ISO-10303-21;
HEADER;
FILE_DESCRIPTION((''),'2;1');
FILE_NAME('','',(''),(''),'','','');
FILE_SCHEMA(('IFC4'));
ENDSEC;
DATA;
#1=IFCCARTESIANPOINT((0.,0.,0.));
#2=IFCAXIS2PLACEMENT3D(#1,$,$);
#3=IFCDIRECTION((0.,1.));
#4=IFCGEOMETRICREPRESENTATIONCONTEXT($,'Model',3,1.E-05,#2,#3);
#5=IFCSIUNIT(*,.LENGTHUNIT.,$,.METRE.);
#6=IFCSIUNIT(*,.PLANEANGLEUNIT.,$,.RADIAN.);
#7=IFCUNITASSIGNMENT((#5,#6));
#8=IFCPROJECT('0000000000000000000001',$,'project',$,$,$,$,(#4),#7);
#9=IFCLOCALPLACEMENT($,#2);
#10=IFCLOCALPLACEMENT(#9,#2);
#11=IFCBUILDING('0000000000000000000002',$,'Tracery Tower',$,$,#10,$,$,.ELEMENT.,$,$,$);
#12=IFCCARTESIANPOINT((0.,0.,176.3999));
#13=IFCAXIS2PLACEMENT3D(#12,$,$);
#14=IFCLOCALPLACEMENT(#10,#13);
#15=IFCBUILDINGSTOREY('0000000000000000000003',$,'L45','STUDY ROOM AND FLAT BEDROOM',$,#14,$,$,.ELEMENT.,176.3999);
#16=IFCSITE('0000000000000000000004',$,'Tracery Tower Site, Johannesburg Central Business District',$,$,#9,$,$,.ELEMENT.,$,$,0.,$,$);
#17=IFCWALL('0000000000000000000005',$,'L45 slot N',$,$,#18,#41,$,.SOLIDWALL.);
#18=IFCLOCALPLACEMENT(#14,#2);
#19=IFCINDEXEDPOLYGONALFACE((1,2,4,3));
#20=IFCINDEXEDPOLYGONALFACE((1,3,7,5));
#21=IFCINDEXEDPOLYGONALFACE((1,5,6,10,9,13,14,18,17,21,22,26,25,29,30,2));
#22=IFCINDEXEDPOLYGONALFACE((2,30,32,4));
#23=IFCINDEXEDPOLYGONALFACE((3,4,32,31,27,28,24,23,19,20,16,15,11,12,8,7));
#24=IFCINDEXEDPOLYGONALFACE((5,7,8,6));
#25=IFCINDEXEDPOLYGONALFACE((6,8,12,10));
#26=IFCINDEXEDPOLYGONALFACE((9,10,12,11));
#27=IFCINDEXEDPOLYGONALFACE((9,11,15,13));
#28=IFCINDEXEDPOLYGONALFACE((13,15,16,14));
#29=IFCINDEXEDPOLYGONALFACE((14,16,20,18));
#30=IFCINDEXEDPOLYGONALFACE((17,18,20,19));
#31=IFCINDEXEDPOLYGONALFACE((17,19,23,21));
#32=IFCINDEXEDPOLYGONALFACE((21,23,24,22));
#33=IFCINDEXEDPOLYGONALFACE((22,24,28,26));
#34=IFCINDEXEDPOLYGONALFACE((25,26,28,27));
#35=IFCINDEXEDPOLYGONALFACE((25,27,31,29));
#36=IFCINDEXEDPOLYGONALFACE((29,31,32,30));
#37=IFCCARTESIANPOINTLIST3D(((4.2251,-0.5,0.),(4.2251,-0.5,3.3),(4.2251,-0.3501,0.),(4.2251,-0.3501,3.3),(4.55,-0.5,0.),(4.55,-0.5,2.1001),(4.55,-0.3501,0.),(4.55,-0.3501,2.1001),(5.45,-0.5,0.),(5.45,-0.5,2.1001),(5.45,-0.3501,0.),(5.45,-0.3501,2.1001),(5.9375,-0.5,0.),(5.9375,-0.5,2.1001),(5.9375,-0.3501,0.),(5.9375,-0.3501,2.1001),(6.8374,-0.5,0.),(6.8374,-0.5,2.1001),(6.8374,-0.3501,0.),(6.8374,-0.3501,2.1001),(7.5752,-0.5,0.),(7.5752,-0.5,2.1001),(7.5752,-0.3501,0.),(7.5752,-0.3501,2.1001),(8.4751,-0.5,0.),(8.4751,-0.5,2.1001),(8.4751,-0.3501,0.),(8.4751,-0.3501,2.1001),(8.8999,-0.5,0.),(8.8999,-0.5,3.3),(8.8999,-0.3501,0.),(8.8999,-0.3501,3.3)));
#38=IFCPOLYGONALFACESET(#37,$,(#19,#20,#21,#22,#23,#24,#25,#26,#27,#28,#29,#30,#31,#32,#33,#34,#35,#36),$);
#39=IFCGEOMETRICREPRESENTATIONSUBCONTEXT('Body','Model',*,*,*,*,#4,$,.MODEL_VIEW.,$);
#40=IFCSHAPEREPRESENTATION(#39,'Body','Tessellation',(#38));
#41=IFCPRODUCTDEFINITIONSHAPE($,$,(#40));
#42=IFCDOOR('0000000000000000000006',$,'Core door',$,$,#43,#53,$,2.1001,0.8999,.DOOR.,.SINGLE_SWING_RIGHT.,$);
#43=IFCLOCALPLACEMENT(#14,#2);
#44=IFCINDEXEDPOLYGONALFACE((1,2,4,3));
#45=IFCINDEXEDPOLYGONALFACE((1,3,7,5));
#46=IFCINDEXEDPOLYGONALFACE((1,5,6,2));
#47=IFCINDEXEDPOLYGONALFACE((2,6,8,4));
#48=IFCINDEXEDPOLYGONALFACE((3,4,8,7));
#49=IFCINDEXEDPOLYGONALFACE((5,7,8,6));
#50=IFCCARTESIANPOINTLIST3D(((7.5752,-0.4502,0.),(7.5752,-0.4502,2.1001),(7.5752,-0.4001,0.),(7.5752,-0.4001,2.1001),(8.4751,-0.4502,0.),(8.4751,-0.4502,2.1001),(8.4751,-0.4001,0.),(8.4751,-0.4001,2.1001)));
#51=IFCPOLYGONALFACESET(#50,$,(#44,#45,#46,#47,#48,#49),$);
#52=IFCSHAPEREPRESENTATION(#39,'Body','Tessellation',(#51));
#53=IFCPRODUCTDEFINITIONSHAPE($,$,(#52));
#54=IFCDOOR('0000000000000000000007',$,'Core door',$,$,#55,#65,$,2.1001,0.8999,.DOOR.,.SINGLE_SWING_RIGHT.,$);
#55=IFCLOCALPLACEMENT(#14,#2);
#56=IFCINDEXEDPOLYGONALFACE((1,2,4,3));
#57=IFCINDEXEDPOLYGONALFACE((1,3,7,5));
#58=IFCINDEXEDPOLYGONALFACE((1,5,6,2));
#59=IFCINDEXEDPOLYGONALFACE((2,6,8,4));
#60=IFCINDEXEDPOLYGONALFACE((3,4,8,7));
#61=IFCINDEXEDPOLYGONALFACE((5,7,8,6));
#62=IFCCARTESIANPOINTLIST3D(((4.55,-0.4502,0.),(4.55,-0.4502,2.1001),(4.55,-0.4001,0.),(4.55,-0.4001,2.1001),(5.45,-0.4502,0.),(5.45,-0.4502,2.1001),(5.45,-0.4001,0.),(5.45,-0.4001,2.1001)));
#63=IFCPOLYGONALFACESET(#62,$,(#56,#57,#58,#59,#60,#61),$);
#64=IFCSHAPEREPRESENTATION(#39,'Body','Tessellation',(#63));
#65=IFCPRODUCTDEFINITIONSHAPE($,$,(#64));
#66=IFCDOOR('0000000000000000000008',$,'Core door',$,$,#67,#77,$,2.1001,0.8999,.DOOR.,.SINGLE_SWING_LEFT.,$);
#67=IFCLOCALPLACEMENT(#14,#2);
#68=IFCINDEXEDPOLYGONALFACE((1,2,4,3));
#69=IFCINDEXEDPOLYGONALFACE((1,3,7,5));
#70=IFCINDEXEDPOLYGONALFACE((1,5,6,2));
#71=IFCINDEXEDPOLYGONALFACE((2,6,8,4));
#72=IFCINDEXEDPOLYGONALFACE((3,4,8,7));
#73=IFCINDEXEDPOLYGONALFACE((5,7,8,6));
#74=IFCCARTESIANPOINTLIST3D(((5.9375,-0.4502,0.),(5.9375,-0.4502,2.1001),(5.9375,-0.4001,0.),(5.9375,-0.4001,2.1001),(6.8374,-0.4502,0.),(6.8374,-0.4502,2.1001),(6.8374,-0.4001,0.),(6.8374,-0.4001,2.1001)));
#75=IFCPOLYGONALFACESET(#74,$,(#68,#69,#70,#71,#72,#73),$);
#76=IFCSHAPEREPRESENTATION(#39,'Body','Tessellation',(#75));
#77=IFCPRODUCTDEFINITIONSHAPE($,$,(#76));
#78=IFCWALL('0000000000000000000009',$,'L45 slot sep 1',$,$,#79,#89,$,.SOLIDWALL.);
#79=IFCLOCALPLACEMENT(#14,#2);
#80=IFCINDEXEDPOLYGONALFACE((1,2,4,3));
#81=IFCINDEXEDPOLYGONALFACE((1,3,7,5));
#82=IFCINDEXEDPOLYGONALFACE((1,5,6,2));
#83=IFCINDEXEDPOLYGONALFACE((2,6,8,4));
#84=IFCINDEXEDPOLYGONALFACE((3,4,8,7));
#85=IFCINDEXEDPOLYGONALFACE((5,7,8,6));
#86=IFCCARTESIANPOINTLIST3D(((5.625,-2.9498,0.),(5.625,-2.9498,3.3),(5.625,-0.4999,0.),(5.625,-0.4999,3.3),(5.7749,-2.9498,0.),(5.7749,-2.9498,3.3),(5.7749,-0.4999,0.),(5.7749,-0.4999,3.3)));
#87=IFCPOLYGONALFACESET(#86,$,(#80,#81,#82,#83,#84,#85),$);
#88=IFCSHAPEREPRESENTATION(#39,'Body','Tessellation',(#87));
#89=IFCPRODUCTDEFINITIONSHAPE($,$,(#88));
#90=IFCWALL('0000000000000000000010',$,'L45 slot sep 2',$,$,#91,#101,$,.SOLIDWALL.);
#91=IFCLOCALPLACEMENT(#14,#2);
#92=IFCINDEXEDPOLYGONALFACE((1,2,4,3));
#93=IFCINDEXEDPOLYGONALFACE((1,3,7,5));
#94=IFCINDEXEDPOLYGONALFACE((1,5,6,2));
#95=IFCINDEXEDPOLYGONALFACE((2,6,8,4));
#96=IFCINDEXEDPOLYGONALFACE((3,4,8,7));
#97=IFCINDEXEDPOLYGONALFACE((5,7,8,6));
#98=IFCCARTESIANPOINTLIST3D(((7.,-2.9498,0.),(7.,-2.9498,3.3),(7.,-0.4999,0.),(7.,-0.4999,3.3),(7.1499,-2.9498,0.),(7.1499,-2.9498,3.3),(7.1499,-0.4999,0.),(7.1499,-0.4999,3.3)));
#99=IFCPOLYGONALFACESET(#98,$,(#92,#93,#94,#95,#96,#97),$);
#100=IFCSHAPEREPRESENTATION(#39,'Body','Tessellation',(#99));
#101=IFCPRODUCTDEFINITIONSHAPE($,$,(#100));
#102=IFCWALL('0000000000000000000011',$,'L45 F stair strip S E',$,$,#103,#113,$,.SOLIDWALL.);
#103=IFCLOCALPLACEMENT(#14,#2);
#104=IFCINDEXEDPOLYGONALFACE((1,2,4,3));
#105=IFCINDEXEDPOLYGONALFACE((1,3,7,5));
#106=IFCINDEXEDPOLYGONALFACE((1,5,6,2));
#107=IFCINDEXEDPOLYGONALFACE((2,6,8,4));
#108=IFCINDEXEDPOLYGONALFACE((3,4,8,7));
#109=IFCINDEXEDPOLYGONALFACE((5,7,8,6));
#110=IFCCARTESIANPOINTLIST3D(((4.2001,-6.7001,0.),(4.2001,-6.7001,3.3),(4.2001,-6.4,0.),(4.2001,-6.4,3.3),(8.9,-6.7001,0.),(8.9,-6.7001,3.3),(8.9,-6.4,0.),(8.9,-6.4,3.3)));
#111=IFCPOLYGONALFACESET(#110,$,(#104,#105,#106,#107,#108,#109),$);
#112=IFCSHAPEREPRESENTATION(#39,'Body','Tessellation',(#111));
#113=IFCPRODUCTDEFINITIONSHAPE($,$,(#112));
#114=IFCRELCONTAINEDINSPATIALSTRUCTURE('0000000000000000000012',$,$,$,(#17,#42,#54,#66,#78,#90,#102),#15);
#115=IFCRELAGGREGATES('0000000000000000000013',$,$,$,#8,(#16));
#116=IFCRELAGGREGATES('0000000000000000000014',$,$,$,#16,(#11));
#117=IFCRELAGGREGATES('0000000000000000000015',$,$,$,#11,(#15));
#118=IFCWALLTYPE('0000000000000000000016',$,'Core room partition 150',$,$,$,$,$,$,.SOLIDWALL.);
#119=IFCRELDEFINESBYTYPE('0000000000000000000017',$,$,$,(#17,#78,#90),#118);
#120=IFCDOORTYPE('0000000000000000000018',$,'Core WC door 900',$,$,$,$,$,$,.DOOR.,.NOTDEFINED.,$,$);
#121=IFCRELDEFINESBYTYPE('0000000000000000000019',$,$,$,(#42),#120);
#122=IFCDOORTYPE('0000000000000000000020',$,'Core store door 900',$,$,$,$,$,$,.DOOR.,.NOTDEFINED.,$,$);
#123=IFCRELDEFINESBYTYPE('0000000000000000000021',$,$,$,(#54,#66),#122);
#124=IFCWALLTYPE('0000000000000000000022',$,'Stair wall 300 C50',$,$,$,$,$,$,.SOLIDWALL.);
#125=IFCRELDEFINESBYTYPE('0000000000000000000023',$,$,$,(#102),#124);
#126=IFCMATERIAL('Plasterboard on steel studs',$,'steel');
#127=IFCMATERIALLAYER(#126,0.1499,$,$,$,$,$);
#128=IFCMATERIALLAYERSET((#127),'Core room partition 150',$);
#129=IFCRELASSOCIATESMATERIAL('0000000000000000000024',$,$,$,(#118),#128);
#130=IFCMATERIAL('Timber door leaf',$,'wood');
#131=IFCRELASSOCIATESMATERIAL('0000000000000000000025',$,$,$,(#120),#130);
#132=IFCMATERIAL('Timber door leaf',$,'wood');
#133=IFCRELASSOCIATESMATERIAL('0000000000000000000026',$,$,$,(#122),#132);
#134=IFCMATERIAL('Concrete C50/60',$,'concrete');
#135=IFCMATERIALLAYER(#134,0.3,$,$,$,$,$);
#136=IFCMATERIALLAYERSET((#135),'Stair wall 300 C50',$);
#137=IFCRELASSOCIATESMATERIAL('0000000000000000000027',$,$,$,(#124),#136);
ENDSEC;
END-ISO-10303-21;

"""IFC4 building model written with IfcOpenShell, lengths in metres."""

from ifc_helpers import new_model, si_unit, direction, frame, frame_2d, origin, place, context, subcontext, project, spatial, rectangle, extrude, material, layer, layer_set, type_object, element, fill, save


model = new_model("IFC4")

# Units and contexts
model_context = context("Model", 3, precision=1e-05, world=origin(), true_north=direction((0.0, 1.0)))
body_context = subcontext(model_context, "Body", "Model", "MODEL_VIEW")
ifc_project = project(units=[si_unit("LENGTHUNIT", "METRE"), si_unit("PLANEANGLEUNIT", "RADIAN")], contexts=[model_context])

# Site, building, storey
site_placement = place(None, origin())
site = spatial("IfcSite", under=ifc_project, at=site_placement, Name="Tracery Tower Site, Johannesburg Central Business District", CompositionType="ELEMENT", RefElevation=0.0)
building_placement = place(site_placement, origin())
building = spatial("IfcBuilding", under=site, at=building_placement, Name="Tracery Tower", CompositionType="ELEMENT")
storey_placement = place(building_placement, frame((0.0, 0.0, 176.3999)))
storey = spatial("IfcBuildingStorey", under=building, at=storey_placement, Name="L45", Description="STUDY ROOM AND FLAT BEDROOM", CompositionType="ELEMENT", Elevation=176.3999)

# Shared definitions
ifc_material_1 = material(Name="Plasterboard on steel studs", Category="steel")
ifc_layer_1 = layer(ifc_material_1, 0.1499)
ifc_layer_set_1 = layer_set([ifc_layer_1], Name="Core room partition 150")
wall_type_1 = type_object("IfcWallType", Name="Core room partition 150", PredefinedType="SOLIDWALL", material=ifc_layer_set_1)

# Wall, openings, doors
wall_1_placement = place(storey_placement, frame((4.2251, -0.425, 0.0), z_axis=(0.0, 0.0, 1.0), x_axis=(1.0, 0.0, 0.0)))
wall_1 = element("IfcWall", 1, at=wall_1_placement, inside=storey, type_object=wall_type_1, Name="L45 slot N", PredefinedType="SOLIDWALL", context=body_context, shape_type="SweptSolid", body=[
    extrude(rectangle(XDim=4.6748, YDim=0.1499, at=frame_2d((2.3374, 0.0))), origin(), (0.0, 0.0, 1.0), 3.3),
])
opening_1_placement = place(wall_1_placement, frame((0.325, 0.0, 0.0)))
opening_1 = element("IfcOpeningElement", 2, at=opening_1_placement, cuts=wall_1, PredefinedType="OPENING", context=body_context, shape_type="SweptSolid", body=[
    extrude(rectangle(XDim=0.8999, YDim=2.1001, at=frame_2d((0.45, 1.05))), frame((0.0, 0.075, 0.0), z_axis=(0.0, -1.0, 0.0), x_axis=(1.0, 0.0, 0.0)), (0.0, 0.0, 1.0), 0.1499),
])
opening_2_placement = place(wall_1_placement, frame((1.7124, 0.0, 0.0)))
opening_2 = element("IfcOpeningElement", 3, at=opening_2_placement, cuts=wall_1, PredefinedType="OPENING", context=body_context, shape_type="SweptSolid", body=[
    extrude(rectangle(XDim=0.8999, YDim=2.1001, at=frame_2d((0.45, 1.05))), frame((0.0, 0.075, 0.0), z_axis=(0.0, -1.0, 0.0), x_axis=(1.0, 0.0, 0.0)), (0.0, 0.0, 1.0), 0.1499),
])
opening_3_placement = place(wall_1_placement, frame((3.3501, 0.0, 0.0)))
opening_3 = element("IfcOpeningElement", 4, at=opening_3_placement, cuts=wall_1, PredefinedType="OPENING", context=body_context, shape_type="SweptSolid", body=[
    extrude(rectangle(XDim=0.8999, YDim=2.1001, at=frame_2d((0.45, 1.05))), frame((0.0, 0.075, 0.0), z_axis=(0.0, -1.0, 0.0), x_axis=(1.0, 0.0, 0.0)), (0.0, 0.0, 1.0), 0.1499),
])
ifc_material_2 = material(Name="Timber door leaf", Category="wood")
door_type_1 = type_object("IfcDoorType", Name="Core WC door 900", OperationType="NOTDEFINED", PredefinedType="DOOR", material=ifc_material_2)
door_1_placement = place(opening_3_placement, origin())
door_1 = element("IfcDoor", 5, at=door_1_placement, inside=storey, type_object=door_type_1, Name="Core door", OperationType="SINGLE_SWING_RIGHT", OverallHeight=2.1001, OverallWidth=0.8999, PredefinedType="DOOR", context=body_context, shape_type="SweptSolid", body=[
    extrude(rectangle(XDim=0.8999, YDim=2.1001, at=frame_2d((0.45, 1.05))), frame((0.0, 0.0249, 0.0), z_axis=(0.0, -1.0, 0.0), x_axis=(1.0, 0.0, 0.0)), (0.0, 0.0, 1.0), 0.05),
])
fill(opening_3, door_1)
ifc_material_3 = material(Name="Timber door leaf", Category="wood")
door_type_2 = type_object("IfcDoorType", Name="Core store door 900", OperationType="NOTDEFINED", PredefinedType="DOOR", material=ifc_material_3)
door_2_placement = place(opening_1_placement, origin())
door_2 = element("IfcDoor", 6, at=door_2_placement, inside=storey, type_object=door_type_2, Name="Core door", OperationType="SINGLE_SWING_RIGHT", OverallHeight=2.1001, OverallWidth=0.8999, PredefinedType="DOOR", context=body_context, shape_type="SweptSolid", body=[
    extrude(rectangle(XDim=0.8999, YDim=2.1001, at=frame_2d((0.45, 1.05))), frame((0.0, 0.0249, 0.0), z_axis=(0.0, -1.0, 0.0), x_axis=(1.0, 0.0, 0.0)), (0.0, 0.0, 1.0), 0.05),
])
fill(opening_1, door_2)
door_3_placement = place(opening_2_placement, origin())
door_3 = element("IfcDoor", 7, at=door_3_placement, inside=storey, type_object=door_type_2, Name="Core door", OperationType="SINGLE_SWING_LEFT", OverallHeight=2.1001, OverallWidth=0.8999, PredefinedType="DOOR", context=body_context, shape_type="SweptSolid", body=[
    extrude(rectangle(XDim=0.8999, YDim=2.1001, at=frame_2d((0.45, 1.05))), frame((0.0, 0.0249, 0.0), z_axis=(0.0, -1.0, 0.0), x_axis=(1.0, 0.0, 0.0)), (0.0, 0.0, 1.0), 0.05),
])
fill(opening_2, door_3)

# Walls
for number, where, z_axis, x_axis, name in (
    (8, (5.7, -2.95, 0.0), (0.0, 0.0, 1.0), (0.0, 1.0, 0.0), "L45 slot sep 1"),
    (9, (7.075, -2.95, 0.0), (0.0, 0.0, 1.0), (0.0, 1.0, 0.0), "L45 slot sep 2"),
):
    element("IfcWall", number, at=place(storey_placement, frame(where, z_axis=z_axis, x_axis=x_axis)), inside=storey, type_object=wall_type_1, Name=name, PredefinedType="SOLIDWALL", context=body_context, shape_type="SweptSolid", body=[
        extrude(rectangle(XDim=2.45, YDim=0.1499, at=frame_2d((1.2251, 0.0))), origin(), (0.0, 0.0, 1.0), 3.3),
    ])

# Shared definitions
ifc_material_4 = material(Name="Concrete C50/60", Category="concrete")
ifc_layer_2 = layer(ifc_material_4, 0.3)
ifc_layer_set_2 = layer_set([ifc_layer_2], Name="Stair wall 300 C50")
wall_type_2 = type_object("IfcWallType", Name="Stair wall 300 C50", PredefinedType="SOLIDWALL", material=ifc_layer_set_2)

# Wall
wall_2_placement = place(storey_placement, frame((4.2, -6.55, 0.0), z_axis=(0.0, 0.0, 1.0), x_axis=(1.0, 0.0, 0.0)))
element("IfcWall", 10, at=wall_2_placement, inside=storey, type_object=wall_type_2, Name="L45 F stair strip S E", PredefinedType="SOLIDWALL", context=body_context, shape_type="SweptSolid", body=[
    extrude(rectangle(XDim=4.7, YDim=0.3, at=frame_2d((2.3501, 0.0))), origin(), (0.0, 0.0, 1.0), 3.3),
])

save(model, "model.ifc")
